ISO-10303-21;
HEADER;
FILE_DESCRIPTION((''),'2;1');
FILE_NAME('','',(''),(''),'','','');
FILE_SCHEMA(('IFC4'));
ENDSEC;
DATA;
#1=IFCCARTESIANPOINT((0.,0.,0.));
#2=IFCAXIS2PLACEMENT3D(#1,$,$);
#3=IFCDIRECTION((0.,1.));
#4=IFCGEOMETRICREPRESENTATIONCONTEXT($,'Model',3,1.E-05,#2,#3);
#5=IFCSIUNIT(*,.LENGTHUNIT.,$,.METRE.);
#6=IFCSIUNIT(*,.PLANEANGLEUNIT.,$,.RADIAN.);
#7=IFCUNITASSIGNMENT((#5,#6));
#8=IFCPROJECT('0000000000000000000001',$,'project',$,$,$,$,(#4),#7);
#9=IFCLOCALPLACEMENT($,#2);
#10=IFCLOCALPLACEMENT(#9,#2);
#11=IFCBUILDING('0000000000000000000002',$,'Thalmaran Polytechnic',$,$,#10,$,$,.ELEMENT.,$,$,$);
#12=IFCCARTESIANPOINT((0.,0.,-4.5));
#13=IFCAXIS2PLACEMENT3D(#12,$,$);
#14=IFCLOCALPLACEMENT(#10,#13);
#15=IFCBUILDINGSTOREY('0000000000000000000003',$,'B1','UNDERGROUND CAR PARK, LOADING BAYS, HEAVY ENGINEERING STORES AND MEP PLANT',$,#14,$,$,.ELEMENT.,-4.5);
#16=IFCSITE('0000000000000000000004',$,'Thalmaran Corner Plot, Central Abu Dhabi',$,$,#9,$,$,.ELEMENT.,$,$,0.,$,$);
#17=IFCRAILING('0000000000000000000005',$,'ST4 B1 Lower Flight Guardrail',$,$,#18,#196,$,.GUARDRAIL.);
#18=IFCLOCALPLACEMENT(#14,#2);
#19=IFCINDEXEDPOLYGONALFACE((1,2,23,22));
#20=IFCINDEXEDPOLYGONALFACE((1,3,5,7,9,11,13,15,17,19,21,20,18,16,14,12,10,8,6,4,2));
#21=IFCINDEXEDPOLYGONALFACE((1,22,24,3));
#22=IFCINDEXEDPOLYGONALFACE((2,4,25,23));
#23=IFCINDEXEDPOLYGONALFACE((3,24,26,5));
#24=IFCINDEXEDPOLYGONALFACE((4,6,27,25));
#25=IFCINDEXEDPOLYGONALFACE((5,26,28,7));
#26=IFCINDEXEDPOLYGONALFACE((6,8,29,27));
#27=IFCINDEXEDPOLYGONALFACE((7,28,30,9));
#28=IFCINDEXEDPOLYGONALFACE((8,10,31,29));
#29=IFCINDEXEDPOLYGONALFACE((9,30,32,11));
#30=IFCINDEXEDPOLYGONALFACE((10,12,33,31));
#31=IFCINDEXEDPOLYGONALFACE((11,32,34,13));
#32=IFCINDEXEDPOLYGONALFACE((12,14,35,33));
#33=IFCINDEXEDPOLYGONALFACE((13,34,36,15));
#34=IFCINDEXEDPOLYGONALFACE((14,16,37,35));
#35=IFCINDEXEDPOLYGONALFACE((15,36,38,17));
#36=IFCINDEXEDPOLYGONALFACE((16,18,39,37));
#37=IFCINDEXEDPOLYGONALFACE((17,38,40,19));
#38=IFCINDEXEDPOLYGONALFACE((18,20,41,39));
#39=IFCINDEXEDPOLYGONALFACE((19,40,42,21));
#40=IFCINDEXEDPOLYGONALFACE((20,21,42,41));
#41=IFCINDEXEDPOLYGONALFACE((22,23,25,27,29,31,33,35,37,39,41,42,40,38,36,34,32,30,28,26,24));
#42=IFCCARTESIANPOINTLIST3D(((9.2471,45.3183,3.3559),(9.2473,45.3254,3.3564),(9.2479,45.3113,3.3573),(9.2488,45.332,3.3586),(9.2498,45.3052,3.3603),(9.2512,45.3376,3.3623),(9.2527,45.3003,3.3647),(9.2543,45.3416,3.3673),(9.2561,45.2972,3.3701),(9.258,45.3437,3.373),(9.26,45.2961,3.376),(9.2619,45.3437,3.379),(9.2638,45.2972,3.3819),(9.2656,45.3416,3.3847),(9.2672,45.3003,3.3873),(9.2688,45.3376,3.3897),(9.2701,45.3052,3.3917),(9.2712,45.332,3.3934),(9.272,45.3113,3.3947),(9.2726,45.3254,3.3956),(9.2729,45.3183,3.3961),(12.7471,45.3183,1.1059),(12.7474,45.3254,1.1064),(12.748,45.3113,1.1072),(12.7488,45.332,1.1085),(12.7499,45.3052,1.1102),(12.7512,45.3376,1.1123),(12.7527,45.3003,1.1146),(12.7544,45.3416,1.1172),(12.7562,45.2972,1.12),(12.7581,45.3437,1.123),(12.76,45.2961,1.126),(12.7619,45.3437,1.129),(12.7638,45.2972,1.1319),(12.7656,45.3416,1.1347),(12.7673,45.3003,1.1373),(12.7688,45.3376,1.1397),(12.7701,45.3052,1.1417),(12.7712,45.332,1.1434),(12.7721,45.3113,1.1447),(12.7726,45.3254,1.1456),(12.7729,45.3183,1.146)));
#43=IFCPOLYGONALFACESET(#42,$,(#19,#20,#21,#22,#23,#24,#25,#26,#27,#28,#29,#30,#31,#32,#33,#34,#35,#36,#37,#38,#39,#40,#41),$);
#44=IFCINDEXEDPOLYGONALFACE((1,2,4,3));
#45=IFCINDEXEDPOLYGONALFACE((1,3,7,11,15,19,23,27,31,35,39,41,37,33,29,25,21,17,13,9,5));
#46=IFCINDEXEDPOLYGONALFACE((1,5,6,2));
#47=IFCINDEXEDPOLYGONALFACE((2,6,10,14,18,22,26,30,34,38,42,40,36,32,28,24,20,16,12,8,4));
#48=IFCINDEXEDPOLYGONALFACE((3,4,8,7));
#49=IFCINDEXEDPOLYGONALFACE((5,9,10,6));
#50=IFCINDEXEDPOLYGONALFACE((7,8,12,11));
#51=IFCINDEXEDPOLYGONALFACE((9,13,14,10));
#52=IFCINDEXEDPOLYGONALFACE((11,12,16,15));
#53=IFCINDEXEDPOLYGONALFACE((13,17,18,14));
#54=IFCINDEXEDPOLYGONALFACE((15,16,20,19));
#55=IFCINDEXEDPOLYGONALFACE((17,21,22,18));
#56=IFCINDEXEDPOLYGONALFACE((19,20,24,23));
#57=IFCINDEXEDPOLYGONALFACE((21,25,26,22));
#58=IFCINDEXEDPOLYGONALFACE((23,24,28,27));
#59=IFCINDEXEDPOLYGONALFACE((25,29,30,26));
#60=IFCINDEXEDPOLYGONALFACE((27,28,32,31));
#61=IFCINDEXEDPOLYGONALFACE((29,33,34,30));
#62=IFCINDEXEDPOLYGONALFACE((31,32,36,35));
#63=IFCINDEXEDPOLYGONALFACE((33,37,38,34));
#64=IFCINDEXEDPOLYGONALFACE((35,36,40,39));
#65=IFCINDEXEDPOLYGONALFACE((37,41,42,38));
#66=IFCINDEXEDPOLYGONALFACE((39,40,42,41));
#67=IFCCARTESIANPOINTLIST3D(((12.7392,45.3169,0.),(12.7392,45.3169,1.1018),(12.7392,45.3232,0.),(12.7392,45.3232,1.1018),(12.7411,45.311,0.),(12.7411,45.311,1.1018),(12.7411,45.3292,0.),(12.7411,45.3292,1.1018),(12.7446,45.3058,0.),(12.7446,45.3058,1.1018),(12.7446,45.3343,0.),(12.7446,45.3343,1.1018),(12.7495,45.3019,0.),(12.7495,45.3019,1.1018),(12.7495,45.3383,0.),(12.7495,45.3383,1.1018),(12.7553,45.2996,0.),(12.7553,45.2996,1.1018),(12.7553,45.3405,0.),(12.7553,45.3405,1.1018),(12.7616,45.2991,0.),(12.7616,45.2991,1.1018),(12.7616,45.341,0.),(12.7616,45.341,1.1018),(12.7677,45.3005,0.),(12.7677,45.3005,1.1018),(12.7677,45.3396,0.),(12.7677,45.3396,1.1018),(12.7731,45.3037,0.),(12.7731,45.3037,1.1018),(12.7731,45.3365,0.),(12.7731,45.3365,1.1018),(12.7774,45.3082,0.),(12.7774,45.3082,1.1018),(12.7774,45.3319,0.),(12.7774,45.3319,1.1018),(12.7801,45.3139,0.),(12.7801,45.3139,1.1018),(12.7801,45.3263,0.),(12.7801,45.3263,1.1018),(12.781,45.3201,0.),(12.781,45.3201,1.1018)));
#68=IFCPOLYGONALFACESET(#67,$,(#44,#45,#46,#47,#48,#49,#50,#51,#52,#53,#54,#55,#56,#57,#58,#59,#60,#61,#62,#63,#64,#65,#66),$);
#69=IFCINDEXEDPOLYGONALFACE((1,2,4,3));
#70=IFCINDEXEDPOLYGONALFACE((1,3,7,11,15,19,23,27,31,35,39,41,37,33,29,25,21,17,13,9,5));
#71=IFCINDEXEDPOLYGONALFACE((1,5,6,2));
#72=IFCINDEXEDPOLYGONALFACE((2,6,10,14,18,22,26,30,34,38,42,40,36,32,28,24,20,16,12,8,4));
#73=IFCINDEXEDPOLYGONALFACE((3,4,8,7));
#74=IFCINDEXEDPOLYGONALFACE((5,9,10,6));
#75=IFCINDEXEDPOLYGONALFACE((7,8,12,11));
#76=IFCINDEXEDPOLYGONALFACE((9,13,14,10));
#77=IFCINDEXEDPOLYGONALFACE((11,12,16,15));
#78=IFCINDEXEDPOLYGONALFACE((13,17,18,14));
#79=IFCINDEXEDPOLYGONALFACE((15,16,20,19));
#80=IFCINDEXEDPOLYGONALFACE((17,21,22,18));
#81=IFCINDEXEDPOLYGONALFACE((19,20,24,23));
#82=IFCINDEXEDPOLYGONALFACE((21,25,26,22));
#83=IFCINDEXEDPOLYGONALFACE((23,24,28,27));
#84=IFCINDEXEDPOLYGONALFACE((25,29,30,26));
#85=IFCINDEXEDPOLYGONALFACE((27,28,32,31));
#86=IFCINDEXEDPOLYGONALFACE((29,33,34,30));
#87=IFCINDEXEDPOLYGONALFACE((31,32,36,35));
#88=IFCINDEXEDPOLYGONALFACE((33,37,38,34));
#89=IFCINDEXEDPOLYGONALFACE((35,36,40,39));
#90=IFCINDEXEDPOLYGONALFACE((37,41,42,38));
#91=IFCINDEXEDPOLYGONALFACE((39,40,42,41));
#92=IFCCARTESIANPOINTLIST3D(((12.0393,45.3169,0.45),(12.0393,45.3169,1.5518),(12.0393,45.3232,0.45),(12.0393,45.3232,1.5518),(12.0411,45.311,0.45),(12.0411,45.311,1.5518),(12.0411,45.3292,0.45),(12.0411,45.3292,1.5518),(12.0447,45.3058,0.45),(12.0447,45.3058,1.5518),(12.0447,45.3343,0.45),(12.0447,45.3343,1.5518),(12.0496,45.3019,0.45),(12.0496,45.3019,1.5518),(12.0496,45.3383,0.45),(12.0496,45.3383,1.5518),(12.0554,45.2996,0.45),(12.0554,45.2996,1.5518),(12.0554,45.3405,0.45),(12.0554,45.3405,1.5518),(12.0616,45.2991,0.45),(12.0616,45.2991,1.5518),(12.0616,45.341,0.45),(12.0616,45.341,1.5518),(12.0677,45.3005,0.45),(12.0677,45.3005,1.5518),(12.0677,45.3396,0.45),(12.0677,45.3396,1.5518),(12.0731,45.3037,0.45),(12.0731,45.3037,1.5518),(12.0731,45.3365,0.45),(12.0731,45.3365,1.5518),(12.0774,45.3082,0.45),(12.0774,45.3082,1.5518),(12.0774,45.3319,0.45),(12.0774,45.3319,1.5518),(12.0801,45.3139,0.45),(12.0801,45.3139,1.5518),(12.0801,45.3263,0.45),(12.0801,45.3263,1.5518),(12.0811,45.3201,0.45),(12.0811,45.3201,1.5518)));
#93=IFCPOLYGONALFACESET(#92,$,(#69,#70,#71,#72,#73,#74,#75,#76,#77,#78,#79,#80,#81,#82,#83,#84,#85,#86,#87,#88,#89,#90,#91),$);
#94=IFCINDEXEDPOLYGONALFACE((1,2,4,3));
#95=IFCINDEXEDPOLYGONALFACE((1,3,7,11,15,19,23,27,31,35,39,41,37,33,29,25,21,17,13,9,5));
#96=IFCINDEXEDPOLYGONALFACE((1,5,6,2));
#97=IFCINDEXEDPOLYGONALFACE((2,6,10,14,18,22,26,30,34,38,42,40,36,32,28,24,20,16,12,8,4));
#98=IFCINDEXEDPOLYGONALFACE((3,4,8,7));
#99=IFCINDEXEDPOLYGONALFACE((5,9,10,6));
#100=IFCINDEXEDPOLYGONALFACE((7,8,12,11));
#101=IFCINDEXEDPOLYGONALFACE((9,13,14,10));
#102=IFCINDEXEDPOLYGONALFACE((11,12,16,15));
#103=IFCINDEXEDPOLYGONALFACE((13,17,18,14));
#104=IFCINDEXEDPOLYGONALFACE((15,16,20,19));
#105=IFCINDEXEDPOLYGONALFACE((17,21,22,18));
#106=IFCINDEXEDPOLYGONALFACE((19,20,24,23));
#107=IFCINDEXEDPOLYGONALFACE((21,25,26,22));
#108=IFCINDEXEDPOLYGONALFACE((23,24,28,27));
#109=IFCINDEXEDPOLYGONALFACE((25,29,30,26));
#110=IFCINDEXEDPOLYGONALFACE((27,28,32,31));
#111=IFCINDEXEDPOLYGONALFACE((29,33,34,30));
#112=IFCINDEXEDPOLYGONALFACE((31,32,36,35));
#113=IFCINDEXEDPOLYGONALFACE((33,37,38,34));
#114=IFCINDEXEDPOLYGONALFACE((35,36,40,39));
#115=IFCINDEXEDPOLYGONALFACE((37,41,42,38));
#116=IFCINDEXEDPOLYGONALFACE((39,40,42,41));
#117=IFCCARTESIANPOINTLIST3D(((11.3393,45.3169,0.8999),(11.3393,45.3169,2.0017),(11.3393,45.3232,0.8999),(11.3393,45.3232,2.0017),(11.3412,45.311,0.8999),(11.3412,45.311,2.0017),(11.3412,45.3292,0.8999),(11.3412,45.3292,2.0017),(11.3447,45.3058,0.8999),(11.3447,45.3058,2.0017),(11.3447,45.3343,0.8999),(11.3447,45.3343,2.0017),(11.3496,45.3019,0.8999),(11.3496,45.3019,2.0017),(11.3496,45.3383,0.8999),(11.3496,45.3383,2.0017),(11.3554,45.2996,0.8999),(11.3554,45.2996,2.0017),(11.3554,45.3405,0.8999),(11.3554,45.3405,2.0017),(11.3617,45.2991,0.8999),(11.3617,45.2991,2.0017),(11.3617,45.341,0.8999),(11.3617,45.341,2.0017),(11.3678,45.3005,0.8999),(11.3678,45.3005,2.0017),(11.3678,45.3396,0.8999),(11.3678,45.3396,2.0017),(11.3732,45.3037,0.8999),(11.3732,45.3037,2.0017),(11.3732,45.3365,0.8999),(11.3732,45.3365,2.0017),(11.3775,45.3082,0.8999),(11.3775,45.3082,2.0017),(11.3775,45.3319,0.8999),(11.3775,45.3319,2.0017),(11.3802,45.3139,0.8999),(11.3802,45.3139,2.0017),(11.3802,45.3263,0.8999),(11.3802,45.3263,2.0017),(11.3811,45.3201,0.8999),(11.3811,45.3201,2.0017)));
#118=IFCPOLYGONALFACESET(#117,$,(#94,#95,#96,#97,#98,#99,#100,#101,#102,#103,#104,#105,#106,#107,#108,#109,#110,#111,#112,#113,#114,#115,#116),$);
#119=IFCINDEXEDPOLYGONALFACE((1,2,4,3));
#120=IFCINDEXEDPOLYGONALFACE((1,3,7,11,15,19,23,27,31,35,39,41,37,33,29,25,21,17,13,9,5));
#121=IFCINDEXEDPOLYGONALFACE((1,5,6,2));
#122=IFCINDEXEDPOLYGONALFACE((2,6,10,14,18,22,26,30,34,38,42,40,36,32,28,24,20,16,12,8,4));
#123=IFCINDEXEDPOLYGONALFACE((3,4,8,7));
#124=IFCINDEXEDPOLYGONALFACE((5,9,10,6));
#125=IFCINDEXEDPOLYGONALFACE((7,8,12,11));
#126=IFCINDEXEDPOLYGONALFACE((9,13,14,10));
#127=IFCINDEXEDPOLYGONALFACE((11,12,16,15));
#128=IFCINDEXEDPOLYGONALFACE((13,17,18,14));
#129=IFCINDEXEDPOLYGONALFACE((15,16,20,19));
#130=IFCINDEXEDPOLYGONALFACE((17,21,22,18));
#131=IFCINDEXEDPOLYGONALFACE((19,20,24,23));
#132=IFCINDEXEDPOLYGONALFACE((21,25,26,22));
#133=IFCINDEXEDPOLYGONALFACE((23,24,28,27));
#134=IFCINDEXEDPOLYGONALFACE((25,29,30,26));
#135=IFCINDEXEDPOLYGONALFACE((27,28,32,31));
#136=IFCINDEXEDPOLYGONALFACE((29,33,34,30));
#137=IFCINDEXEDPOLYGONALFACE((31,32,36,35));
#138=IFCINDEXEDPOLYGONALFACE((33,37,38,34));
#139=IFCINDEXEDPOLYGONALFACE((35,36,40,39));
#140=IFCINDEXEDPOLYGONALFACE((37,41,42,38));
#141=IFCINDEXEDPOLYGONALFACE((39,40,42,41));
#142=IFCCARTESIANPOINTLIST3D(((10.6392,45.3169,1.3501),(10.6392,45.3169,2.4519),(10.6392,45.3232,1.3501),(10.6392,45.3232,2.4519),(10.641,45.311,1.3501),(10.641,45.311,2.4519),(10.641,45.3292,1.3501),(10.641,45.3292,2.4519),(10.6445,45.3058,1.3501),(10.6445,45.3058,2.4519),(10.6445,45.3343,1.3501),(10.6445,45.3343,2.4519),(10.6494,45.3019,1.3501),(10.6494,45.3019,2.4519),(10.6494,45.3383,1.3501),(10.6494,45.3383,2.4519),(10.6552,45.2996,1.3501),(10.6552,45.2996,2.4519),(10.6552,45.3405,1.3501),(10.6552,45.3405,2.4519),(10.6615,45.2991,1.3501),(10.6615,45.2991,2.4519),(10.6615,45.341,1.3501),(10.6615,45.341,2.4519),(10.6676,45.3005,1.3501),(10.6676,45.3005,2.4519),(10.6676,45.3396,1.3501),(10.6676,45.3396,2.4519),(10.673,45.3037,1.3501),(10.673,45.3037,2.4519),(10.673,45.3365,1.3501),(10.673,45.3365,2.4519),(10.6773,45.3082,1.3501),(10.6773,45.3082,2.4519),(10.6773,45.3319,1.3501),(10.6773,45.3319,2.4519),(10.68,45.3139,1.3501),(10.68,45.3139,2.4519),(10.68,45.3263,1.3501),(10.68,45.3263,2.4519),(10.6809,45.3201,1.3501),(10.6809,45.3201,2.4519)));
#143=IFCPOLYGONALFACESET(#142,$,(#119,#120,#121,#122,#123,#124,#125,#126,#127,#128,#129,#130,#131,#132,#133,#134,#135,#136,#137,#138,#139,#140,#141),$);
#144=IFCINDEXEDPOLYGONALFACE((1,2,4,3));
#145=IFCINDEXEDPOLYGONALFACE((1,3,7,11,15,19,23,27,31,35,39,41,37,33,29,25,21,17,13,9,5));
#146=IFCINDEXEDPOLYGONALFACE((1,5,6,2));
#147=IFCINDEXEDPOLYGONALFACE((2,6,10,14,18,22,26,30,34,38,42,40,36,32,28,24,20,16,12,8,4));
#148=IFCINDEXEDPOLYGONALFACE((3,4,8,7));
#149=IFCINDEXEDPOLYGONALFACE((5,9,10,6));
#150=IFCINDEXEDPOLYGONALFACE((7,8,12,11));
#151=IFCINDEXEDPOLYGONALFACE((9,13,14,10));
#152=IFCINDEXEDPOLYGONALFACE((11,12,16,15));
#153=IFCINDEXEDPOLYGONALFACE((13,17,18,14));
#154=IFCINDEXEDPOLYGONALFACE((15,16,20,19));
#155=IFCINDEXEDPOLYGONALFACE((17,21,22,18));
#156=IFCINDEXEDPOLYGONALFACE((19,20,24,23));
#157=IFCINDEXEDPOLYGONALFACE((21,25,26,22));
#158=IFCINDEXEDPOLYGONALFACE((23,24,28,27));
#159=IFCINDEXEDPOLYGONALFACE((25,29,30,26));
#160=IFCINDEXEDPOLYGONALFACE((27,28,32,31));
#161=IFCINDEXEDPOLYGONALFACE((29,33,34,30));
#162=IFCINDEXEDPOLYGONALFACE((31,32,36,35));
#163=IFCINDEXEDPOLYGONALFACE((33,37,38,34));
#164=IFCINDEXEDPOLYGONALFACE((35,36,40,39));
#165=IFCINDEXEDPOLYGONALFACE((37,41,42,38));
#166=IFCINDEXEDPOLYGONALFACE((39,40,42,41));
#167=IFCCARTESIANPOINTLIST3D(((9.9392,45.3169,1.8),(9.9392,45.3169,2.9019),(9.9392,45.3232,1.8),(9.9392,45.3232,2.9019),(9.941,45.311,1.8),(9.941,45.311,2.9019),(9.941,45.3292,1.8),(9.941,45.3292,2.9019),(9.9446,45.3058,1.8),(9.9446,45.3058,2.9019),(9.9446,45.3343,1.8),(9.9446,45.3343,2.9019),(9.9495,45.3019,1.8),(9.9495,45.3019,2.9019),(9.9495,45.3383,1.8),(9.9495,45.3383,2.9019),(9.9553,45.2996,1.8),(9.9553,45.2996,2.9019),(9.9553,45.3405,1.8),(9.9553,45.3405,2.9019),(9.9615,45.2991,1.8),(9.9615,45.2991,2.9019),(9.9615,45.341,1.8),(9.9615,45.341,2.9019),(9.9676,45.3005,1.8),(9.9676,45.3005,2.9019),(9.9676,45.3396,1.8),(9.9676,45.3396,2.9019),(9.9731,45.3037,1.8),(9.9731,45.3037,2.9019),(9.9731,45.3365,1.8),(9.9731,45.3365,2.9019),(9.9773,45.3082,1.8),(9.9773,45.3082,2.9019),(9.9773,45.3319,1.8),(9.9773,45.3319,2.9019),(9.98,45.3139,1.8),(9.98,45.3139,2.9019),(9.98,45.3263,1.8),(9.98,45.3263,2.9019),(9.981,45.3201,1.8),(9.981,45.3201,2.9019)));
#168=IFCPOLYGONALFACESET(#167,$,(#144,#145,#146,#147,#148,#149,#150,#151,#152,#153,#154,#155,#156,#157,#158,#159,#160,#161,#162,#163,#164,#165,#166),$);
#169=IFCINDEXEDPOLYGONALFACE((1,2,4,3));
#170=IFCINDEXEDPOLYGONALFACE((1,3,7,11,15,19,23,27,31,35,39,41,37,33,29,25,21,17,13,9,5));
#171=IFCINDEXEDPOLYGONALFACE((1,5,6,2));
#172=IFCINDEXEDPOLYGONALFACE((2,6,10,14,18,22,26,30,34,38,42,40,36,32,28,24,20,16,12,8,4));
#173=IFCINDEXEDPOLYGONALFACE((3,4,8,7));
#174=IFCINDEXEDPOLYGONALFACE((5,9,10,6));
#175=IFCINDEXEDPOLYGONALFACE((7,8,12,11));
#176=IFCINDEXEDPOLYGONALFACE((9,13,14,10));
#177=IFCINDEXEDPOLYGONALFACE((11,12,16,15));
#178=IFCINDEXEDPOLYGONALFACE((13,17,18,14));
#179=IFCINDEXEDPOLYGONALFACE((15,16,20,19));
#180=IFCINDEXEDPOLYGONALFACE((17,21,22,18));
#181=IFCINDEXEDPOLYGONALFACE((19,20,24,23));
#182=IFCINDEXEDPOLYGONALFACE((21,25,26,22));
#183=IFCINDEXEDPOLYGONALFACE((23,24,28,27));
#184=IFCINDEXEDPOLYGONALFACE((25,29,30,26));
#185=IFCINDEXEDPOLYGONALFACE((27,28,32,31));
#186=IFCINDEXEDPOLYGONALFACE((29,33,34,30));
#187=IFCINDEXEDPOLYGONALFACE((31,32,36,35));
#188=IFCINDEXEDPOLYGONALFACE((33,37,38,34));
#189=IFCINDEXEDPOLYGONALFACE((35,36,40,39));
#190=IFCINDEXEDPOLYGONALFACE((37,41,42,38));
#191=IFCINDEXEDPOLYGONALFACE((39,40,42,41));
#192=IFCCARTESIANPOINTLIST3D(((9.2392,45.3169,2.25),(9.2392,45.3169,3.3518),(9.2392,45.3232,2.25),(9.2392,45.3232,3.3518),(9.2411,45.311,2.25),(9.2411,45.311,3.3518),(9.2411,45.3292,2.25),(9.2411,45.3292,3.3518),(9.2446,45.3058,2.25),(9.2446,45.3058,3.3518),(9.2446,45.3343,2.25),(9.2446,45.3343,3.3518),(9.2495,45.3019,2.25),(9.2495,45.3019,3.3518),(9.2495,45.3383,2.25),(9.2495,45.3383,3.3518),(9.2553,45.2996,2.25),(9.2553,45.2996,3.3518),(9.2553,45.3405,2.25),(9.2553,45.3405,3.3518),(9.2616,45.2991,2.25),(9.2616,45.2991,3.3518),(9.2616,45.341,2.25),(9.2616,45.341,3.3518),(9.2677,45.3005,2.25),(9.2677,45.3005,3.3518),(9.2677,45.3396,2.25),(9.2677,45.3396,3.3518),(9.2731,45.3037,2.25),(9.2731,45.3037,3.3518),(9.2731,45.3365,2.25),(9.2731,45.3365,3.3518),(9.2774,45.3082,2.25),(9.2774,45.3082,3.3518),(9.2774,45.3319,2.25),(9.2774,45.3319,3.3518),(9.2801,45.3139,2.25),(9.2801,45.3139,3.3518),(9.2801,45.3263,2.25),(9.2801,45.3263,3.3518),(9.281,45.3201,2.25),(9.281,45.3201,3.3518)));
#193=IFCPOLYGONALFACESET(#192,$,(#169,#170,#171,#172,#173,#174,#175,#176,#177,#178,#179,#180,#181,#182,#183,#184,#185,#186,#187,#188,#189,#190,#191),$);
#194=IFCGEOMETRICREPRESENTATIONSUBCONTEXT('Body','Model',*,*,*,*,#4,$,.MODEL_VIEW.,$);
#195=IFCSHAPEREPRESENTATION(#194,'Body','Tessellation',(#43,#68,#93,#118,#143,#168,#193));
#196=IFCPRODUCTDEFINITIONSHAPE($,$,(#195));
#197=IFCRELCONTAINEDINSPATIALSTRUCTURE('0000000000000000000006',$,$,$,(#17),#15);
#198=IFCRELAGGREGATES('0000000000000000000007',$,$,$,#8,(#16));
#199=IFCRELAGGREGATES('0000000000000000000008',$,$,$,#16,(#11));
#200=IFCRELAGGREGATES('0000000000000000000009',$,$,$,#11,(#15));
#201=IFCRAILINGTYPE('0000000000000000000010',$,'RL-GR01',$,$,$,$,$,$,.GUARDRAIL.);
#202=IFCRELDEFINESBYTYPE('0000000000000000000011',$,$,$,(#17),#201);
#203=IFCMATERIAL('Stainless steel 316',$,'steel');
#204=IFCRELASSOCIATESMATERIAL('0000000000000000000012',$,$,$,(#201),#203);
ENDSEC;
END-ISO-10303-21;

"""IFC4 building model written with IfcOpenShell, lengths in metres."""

from ifc_helpers import new_model, si_unit, direction, frame, origin, origin_2d, place, context, subcontext, project, spatial, circle, extrude, material, type_object, element, save


model = new_model("IFC4")

# Units and contexts
model_context = context("Model", 3, precision=1e-05, world=origin(), true_north=direction((0.0, 1.0)))
body_context = subcontext(model_context, "Body", "Model", "MODEL_VIEW")
ifc_project = project(units=[si_unit("LENGTHUNIT", "METRE"), si_unit("PLANEANGLEUNIT", "RADIAN")], contexts=[model_context])

# Site, building, storey
site_placement = place(None, origin())
site = spatial("IfcSite", under=ifc_project, at=site_placement, Name="Thalmaran Corner Plot, Central Abu Dhabi", CompositionType="ELEMENT", RefElevation=0.0)
building_placement = place(site_placement, origin())
building = spatial("IfcBuilding", under=site, at=building_placement, Name="Thalmaran Polytechnic", CompositionType="ELEMENT")
storey_placement = place(building_placement, frame((0.0, 0.0, -4.5)))
storey = spatial("IfcBuildingStorey", under=building, at=storey_placement, Name="B1", Description="UNDERGROUND CAR PARK, LOADING BAYS, HEAVY ENGINEERING STORES AND MEP PLANT", CompositionType="ELEMENT", Elevation=-4.5)

# Railing
ifc_material_1 = material(Name="Stainless steel 316", Category="steel")
railing_type_1 = type_object("IfcRailingType", Name="RL-GR01", PredefinedType="GUARDRAIL", material=ifc_material_1)
railing_1_placement = place(storey_placement, frame((12.76, 45.3201, 0.0)))
element("IfcRailing", 1, at=railing_1_placement, inside=storey, type_object=railing_type_1, Name="ST4 B1 Lower Flight Guardrail", PredefinedType="GUARDRAIL", context=body_context, shape_type="SweptSolid", body=[
    extrude(circle(Radius=0.0239, at=origin_2d()), frame((0.0, 0.0, 1.126), z_axis=(-0.841178, 0.0, 0.540758), x_axis=(0.0, -1.0, 0.0)), (0.0, 0.0, 1.0), 4.1609),
    extrude(circle(Radius=0.021, at=origin_2d()), origin(), (0.0, 0.0, 1.0), 1.1018),
    extrude(circle(Radius=0.021, at=origin_2d()), frame((-0.7, 0.0, 0.45)), (0.0, 0.0, 1.0), 1.1018),
    extrude(circle(Radius=0.021, at=origin_2d()), frame((-1.3999, 0.0, 0.8999)), (0.0, 0.0, 1.0), 1.1018),
    extrude(circle(Radius=0.021, at=origin_2d()), frame((-2.1001, 0.0, 1.3501)), (0.0, 0.0, 1.0), 1.1018),
    extrude(circle(Radius=0.021, at=origin_2d()), frame((-2.8, 0.0, 1.8)), (0.0, 0.0, 1.0), 1.1018),
    extrude(circle(Radius=0.021, at=origin_2d()), frame((-3.5, 0.0, 2.25)), (0.0, 0.0, 1.0), 1.1018),
])

save(model, "model.ifc")
